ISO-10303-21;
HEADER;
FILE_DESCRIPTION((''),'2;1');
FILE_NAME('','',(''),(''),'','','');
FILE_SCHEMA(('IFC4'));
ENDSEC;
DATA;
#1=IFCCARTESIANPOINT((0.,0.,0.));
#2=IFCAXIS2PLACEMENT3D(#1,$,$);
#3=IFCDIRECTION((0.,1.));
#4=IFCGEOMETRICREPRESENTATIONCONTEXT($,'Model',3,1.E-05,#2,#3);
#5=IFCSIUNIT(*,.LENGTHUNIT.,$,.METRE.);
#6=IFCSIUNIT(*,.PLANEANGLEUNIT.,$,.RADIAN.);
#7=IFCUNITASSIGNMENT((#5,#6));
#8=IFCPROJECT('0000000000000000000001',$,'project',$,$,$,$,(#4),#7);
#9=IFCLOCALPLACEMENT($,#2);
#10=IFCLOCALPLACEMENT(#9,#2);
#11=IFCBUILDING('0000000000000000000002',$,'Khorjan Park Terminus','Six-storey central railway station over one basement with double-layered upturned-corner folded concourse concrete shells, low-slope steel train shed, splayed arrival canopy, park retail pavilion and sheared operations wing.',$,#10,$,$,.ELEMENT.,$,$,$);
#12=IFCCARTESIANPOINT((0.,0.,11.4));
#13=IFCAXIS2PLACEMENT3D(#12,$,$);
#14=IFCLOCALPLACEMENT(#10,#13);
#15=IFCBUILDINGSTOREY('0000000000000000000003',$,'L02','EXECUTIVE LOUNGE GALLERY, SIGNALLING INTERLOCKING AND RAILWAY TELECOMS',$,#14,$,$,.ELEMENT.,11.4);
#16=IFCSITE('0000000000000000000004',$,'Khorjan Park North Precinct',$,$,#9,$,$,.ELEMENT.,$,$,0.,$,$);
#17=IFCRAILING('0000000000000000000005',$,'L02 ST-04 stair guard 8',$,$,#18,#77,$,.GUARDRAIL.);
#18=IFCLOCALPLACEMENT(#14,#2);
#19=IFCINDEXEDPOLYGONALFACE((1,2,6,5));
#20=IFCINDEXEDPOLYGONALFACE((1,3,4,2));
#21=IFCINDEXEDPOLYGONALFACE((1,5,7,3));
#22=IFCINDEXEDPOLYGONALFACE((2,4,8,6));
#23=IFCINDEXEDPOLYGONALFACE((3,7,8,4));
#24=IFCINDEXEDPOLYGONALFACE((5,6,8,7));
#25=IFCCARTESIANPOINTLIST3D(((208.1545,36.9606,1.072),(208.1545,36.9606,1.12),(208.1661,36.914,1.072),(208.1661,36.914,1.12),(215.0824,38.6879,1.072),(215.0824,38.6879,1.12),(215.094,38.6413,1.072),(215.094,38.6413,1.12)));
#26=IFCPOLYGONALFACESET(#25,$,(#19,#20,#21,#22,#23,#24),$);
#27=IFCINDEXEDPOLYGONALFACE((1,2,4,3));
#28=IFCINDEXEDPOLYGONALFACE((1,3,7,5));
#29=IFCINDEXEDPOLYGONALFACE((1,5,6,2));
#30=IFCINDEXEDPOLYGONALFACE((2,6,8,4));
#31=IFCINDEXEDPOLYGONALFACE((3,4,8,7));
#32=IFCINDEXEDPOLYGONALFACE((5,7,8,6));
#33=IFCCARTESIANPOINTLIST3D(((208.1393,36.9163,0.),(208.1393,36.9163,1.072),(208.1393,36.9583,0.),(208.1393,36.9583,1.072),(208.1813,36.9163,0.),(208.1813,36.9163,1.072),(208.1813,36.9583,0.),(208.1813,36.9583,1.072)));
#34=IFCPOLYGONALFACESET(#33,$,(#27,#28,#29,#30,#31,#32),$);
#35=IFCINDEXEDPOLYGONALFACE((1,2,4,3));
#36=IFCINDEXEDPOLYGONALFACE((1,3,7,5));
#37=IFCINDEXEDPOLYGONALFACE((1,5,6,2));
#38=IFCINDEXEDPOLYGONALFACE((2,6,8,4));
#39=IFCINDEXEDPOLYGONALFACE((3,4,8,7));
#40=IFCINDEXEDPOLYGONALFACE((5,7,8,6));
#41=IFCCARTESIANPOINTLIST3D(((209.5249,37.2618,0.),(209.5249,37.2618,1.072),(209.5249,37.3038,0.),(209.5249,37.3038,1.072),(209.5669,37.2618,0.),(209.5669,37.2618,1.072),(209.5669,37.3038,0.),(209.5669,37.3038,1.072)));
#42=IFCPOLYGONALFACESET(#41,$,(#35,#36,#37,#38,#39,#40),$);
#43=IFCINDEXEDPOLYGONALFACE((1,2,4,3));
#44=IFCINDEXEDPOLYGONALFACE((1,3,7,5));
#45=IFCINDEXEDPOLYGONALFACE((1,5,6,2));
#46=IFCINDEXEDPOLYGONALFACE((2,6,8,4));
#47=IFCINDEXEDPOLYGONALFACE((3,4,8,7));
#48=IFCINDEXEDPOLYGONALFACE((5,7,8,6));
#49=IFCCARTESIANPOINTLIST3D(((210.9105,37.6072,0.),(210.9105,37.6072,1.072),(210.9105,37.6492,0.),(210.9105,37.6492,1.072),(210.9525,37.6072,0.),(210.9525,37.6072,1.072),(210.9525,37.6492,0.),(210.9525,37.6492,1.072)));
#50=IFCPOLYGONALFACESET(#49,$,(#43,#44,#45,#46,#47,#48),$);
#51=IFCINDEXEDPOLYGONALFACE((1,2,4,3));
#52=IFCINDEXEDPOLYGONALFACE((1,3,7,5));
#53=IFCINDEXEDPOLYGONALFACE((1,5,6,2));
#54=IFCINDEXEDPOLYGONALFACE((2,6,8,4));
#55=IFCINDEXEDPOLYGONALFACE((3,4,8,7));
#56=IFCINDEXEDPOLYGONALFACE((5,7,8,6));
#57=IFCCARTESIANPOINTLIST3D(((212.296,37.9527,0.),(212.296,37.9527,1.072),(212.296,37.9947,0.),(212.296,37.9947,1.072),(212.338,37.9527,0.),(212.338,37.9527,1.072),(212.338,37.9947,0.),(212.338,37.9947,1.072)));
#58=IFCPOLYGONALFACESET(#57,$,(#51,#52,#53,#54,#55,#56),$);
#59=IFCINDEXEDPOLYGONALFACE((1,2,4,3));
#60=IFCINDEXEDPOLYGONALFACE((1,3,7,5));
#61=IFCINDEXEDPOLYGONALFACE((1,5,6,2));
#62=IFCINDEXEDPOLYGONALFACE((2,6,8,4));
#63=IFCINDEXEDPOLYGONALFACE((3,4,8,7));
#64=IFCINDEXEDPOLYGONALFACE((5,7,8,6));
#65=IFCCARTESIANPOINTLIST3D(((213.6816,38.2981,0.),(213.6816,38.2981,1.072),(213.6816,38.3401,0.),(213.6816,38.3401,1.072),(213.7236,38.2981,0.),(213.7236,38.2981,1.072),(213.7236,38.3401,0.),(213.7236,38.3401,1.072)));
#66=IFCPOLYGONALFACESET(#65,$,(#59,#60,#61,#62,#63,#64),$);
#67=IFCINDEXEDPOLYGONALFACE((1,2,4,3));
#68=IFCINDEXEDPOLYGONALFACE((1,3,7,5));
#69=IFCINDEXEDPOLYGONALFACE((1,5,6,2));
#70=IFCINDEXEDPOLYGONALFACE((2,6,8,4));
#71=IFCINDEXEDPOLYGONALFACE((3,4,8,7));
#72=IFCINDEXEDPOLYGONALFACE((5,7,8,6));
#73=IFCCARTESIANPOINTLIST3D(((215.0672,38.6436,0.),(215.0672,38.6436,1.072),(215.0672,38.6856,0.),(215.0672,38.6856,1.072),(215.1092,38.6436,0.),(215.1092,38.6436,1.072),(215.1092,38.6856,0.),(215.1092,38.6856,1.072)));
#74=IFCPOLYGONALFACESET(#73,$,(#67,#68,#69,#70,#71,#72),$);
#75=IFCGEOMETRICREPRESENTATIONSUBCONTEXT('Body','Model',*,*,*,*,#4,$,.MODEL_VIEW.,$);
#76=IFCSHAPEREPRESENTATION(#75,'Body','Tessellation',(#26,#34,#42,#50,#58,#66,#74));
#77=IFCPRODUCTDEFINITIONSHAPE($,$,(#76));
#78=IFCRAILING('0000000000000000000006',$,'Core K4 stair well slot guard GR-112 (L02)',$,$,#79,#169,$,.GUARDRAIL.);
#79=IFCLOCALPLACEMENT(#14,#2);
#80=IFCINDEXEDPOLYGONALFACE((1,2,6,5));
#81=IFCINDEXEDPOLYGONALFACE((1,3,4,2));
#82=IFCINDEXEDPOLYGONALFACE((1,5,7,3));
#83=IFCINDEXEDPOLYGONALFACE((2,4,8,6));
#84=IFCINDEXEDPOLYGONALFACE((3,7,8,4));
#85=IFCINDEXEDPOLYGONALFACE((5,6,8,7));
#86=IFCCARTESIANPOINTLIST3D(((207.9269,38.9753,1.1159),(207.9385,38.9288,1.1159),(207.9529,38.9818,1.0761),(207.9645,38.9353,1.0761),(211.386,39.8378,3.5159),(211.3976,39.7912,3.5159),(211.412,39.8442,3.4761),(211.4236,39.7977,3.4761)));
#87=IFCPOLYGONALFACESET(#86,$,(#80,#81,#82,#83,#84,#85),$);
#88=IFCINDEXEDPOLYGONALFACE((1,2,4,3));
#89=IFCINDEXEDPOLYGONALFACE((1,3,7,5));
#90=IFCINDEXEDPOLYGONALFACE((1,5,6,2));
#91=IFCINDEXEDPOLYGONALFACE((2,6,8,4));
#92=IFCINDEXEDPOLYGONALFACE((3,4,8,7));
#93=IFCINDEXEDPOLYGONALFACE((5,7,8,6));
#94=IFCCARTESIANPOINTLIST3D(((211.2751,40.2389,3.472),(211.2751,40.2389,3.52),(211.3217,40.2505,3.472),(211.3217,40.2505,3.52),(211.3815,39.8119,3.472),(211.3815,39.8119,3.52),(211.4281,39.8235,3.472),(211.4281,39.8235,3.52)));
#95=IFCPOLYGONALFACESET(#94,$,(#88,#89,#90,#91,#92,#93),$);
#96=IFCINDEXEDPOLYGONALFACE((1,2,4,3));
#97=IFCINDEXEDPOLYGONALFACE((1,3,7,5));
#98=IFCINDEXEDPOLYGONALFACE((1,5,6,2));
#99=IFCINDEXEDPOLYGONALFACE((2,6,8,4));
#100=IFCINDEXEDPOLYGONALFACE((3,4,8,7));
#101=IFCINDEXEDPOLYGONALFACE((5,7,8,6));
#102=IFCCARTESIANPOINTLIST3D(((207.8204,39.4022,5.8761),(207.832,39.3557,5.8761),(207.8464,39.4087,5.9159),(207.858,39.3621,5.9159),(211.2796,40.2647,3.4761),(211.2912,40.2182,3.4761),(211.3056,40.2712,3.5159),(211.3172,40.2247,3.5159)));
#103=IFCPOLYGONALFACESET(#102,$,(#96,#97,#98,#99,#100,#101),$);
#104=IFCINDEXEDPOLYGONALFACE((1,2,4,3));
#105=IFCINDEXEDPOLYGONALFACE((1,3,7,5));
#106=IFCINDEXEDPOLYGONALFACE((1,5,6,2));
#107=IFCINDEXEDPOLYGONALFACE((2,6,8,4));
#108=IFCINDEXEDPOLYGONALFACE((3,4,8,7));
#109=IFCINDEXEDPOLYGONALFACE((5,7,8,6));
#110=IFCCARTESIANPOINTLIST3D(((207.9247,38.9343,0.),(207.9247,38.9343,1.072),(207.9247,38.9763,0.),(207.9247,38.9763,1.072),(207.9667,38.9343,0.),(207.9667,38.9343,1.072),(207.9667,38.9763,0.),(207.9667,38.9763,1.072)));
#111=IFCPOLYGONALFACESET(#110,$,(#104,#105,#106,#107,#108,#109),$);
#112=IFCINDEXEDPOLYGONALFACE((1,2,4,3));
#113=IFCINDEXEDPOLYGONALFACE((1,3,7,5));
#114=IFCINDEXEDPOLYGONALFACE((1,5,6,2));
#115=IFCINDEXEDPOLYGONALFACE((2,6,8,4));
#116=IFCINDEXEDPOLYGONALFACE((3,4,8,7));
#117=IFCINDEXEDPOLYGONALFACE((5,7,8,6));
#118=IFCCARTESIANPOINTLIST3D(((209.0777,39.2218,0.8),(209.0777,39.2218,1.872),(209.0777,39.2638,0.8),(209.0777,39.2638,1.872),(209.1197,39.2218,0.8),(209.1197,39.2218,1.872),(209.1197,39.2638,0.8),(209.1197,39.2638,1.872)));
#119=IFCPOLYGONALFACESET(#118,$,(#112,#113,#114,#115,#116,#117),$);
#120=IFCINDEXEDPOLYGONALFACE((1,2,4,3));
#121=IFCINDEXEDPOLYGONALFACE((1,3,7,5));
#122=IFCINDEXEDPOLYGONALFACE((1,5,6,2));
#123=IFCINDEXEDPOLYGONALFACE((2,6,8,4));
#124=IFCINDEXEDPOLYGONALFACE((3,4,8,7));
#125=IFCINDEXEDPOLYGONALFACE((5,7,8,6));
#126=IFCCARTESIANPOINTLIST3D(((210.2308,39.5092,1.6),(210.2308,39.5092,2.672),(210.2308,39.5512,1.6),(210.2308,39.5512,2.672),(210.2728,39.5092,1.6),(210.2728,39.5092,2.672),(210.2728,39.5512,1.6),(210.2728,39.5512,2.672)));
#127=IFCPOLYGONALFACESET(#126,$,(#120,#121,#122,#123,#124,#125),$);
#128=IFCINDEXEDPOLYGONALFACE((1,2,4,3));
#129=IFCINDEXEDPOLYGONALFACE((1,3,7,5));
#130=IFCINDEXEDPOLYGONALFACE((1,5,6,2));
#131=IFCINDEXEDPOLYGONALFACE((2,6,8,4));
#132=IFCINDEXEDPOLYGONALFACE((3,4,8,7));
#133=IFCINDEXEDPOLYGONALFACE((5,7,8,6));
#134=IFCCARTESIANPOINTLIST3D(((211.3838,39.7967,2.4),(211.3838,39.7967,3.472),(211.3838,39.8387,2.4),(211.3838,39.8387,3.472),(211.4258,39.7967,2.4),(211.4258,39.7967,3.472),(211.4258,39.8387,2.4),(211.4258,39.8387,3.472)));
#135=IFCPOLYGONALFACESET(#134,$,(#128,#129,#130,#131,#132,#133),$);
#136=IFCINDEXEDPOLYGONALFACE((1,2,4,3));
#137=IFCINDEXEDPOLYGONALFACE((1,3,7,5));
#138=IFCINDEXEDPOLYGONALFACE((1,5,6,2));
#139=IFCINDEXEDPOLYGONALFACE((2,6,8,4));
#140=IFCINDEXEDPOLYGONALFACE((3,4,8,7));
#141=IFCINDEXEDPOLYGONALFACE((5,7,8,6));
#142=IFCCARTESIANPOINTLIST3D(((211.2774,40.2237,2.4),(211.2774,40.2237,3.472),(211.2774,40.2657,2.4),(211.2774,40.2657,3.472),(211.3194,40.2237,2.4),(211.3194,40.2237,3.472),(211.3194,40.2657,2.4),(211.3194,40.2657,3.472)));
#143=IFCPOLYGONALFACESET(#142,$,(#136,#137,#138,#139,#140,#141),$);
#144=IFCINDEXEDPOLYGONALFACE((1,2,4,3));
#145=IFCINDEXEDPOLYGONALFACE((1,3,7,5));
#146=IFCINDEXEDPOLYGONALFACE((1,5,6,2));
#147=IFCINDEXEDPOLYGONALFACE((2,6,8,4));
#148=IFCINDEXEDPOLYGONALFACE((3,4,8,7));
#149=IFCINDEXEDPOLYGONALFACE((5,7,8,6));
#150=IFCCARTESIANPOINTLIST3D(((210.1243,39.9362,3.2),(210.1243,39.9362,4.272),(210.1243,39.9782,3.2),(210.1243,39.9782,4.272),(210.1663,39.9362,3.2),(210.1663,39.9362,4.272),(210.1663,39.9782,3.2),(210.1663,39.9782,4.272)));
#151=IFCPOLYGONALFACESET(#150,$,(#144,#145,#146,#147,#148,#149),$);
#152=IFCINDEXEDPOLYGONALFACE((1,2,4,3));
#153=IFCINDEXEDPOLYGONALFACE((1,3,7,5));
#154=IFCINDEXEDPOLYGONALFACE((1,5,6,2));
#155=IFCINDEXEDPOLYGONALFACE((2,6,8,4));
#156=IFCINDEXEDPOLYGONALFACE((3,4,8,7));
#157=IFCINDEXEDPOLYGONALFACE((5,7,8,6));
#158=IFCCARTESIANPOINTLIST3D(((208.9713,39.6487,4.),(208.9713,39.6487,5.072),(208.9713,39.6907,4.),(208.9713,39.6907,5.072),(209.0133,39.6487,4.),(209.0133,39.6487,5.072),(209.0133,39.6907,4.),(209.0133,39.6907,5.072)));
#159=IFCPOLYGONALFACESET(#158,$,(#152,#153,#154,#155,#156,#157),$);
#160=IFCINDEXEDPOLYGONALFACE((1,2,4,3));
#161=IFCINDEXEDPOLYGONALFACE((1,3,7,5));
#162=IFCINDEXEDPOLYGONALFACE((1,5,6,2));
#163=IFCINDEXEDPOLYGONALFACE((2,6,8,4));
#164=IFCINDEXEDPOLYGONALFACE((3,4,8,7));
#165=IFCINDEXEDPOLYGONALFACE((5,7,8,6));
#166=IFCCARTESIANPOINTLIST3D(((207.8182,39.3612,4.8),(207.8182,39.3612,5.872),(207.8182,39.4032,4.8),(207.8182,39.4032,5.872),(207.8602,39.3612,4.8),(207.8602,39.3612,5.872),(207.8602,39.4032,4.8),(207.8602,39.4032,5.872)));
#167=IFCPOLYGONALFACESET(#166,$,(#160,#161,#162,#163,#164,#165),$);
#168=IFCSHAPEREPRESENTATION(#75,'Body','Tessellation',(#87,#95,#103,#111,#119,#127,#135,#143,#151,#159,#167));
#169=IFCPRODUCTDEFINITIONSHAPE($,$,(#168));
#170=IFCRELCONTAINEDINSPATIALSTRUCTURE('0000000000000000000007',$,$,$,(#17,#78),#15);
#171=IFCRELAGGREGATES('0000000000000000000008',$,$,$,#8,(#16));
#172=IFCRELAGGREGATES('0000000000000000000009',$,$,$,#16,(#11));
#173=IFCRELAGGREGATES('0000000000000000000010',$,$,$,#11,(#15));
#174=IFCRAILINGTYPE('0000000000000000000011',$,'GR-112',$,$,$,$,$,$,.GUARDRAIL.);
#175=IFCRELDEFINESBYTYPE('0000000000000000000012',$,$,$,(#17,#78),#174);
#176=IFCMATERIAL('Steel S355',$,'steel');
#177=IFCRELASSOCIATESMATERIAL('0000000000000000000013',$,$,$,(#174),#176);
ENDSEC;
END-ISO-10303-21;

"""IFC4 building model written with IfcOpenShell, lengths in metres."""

from ifc_helpers import new_model, si_unit, direction, frame, origin, origin_2d, place, context, subcontext, project, spatial, rectangle, extrude, material, type_object, element, save


model = new_model("IFC4")

# Units and contexts
model_context = context("Model", 3, precision=1e-05, world=origin(), true_north=direction((0.0, 1.0)))
body_context = subcontext(model_context, "Body", "Model", "MODEL_VIEW")
ifc_project = project(units=[si_unit("LENGTHUNIT", "METRE"), si_unit("PLANEANGLEUNIT", "RADIAN")], contexts=[model_context])

# Site, building, storey
site_placement = place(None, origin())
site = spatial("IfcSite", under=ifc_project, at=site_placement, Name="Khorjan Park North Precinct", CompositionType="ELEMENT", RefElevation=0.0)
building_placement = place(site_placement, origin())
building = spatial("IfcBuilding", under=site, at=building_placement, Name="Khorjan Park Terminus", Description="Six-storey central railway station over one basement with double-layered upturned-corner folded concourse concrete shells, low-slope steel train shed, splayed arrival canopy, park retail pavilion and sheared operations wing.", CompositionType="ELEMENT")
storey_placement = place(building_placement, frame((0.0, 0.0, 11.4)))
storey = spatial("IfcBuildingStorey", under=building, at=storey_placement, Name="L02", Description="EXECUTIVE LOUNGE GALLERY, SIGNALLING INTERLOCKING AND RAILWAY TELECOMS", CompositionType="ELEMENT", Elevation=11.4)

# Shared definitions
ifc_material_1 = material(Name="Steel S355", Category="steel")

# Railings
railing_type_1 = type_object("IfcRailingType", Name="GR-112", PredefinedType="GUARDRAIL", material=ifc_material_1)
railing_1_placement = place(storey_placement, frame((208.1603, 36.9373, 0.0)))
element("IfcRailing", 1, at=railing_1_placement, inside=storey, type_object=railing_type_1, Name="L02 ST-04 stair guard 8", PredefinedType="GUARDRAIL", context=body_context, shape_type="SweptSolid", body=[
    extrude(rectangle(XDim=0.048, YDim=0.048, at=origin_2d()), frame((0.0, 0.0, 1.096), z_axis=(0.970296, 0.241919, 0.0), x_axis=(-0.241919, 0.970296, 0.0)), (0.0, 0.0, 1.0), 7.14),
    extrude(rectangle(XDim=0.042, YDim=0.042, at=origin_2d()), origin(), (0.0, 0.0, 1.0), 1.072),
    extrude(rectangle(XDim=0.042, YDim=0.042, at=origin_2d()), frame((1.3856, 0.3455, 0.0)), (0.0, 0.0, 1.0), 1.072),
    extrude(rectangle(XDim=0.042, YDim=0.042, at=origin_2d()), frame((2.7712, 0.6909, 0.0)), (0.0, 0.0, 1.0), 1.072),
    extrude(rectangle(XDim=0.042, YDim=0.042, at=origin_2d()), frame((4.1567, 1.0364, 0.0)), (0.0, 0.0, 1.0), 1.072),
    extrude(rectangle(XDim=0.042, YDim=0.042, at=origin_2d()), frame((5.5423, 1.3818, 0.0)), (0.0, 0.0, 1.0), 1.072),
    extrude(rectangle(XDim=0.042, YDim=0.042, at=origin_2d()), frame((6.9279, 1.7273, 0.0)), (0.0, 0.0, 1.0), 1.072),
])
railing_2_placement = place(storey_placement, frame((207.9457, 38.9553, 0.0)))
element("IfcRailing", 2, at=railing_2_placement, inside=storey, type_object=railing_type_1, Name="Core K4 stair well slot guard GR-112 (L02)", PredefinedType="GUARDRAIL", context=body_context, shape_type="SweptSolid", body=[
    extrude(rectangle(XDim=0.048, YDim=0.048, at=origin_2d()), frame((0.0, 0.0, 1.096), z_axis=(0.804897, 0.200672, 0.558455), x_axis=(-0.241909, 0.970299, 0.0)), (0.0, 0.0, 1.0), 4.2976),
    extrude(rectangle(XDim=0.048, YDim=0.048, at=origin_2d()), frame((3.4591, 0.8624, 3.496), z_axis=(-0.241787, 0.970329, 0.0), x_axis=(-0.970329, -0.241787, 0.0)), (0.0, 0.0, 1.0), 0.4401),
    extrude(rectangle(XDim=0.048, YDim=0.048, at=origin_2d()), frame((3.3527, 1.2894, 3.496), z_axis=(-0.804901, -0.20069, 0.558442), x_axis=(0.241928, -0.970294, 0.0)), (0.0, 0.0, 1.0), 4.2977),
    extrude(rectangle(XDim=0.042, YDim=0.042, at=origin_2d()), origin(), (0.0, 0.0, 1.0), 1.072),
    extrude(rectangle(XDim=0.042, YDim=0.042, at=origin_2d()), frame((1.153, 0.2875, 0.8)), (0.0, 0.0, 1.0), 1.072),
    extrude(rectangle(XDim=0.042, YDim=0.042, at=origin_2d()), frame((2.3061, 0.5749, 1.6)), (0.0, 0.0, 1.0), 1.072),
    extrude(rectangle(XDim=0.042, YDim=0.042, at=origin_2d()), frame((3.4591, 0.8624, 2.4)), (0.0, 0.0, 1.0), 1.072),
    extrude(rectangle(XDim=0.042, YDim=0.042, at=origin_2d()), frame((3.3527, 1.2894, 2.4)), (0.0, 0.0, 1.0), 1.072),
    extrude(rectangle(XDim=0.042, YDim=0.042, at=origin_2d()), frame((2.1996, 1.0019, 3.2)), (0.0, 0.0, 1.0), 1.072),
    extrude(rectangle(XDim=0.042, YDim=0.042, at=origin_2d()), frame((1.0466, 0.7144, 4.0)), (0.0, 0.0, 1.0), 1.072),
    extrude(rectangle(XDim=0.042, YDim=0.042, at=origin_2d()), frame((-0.1065, 0.4269, 4.8)), (0.0, 0.0, 1.0), 1.072),
])

save(model, "model.ifc")
